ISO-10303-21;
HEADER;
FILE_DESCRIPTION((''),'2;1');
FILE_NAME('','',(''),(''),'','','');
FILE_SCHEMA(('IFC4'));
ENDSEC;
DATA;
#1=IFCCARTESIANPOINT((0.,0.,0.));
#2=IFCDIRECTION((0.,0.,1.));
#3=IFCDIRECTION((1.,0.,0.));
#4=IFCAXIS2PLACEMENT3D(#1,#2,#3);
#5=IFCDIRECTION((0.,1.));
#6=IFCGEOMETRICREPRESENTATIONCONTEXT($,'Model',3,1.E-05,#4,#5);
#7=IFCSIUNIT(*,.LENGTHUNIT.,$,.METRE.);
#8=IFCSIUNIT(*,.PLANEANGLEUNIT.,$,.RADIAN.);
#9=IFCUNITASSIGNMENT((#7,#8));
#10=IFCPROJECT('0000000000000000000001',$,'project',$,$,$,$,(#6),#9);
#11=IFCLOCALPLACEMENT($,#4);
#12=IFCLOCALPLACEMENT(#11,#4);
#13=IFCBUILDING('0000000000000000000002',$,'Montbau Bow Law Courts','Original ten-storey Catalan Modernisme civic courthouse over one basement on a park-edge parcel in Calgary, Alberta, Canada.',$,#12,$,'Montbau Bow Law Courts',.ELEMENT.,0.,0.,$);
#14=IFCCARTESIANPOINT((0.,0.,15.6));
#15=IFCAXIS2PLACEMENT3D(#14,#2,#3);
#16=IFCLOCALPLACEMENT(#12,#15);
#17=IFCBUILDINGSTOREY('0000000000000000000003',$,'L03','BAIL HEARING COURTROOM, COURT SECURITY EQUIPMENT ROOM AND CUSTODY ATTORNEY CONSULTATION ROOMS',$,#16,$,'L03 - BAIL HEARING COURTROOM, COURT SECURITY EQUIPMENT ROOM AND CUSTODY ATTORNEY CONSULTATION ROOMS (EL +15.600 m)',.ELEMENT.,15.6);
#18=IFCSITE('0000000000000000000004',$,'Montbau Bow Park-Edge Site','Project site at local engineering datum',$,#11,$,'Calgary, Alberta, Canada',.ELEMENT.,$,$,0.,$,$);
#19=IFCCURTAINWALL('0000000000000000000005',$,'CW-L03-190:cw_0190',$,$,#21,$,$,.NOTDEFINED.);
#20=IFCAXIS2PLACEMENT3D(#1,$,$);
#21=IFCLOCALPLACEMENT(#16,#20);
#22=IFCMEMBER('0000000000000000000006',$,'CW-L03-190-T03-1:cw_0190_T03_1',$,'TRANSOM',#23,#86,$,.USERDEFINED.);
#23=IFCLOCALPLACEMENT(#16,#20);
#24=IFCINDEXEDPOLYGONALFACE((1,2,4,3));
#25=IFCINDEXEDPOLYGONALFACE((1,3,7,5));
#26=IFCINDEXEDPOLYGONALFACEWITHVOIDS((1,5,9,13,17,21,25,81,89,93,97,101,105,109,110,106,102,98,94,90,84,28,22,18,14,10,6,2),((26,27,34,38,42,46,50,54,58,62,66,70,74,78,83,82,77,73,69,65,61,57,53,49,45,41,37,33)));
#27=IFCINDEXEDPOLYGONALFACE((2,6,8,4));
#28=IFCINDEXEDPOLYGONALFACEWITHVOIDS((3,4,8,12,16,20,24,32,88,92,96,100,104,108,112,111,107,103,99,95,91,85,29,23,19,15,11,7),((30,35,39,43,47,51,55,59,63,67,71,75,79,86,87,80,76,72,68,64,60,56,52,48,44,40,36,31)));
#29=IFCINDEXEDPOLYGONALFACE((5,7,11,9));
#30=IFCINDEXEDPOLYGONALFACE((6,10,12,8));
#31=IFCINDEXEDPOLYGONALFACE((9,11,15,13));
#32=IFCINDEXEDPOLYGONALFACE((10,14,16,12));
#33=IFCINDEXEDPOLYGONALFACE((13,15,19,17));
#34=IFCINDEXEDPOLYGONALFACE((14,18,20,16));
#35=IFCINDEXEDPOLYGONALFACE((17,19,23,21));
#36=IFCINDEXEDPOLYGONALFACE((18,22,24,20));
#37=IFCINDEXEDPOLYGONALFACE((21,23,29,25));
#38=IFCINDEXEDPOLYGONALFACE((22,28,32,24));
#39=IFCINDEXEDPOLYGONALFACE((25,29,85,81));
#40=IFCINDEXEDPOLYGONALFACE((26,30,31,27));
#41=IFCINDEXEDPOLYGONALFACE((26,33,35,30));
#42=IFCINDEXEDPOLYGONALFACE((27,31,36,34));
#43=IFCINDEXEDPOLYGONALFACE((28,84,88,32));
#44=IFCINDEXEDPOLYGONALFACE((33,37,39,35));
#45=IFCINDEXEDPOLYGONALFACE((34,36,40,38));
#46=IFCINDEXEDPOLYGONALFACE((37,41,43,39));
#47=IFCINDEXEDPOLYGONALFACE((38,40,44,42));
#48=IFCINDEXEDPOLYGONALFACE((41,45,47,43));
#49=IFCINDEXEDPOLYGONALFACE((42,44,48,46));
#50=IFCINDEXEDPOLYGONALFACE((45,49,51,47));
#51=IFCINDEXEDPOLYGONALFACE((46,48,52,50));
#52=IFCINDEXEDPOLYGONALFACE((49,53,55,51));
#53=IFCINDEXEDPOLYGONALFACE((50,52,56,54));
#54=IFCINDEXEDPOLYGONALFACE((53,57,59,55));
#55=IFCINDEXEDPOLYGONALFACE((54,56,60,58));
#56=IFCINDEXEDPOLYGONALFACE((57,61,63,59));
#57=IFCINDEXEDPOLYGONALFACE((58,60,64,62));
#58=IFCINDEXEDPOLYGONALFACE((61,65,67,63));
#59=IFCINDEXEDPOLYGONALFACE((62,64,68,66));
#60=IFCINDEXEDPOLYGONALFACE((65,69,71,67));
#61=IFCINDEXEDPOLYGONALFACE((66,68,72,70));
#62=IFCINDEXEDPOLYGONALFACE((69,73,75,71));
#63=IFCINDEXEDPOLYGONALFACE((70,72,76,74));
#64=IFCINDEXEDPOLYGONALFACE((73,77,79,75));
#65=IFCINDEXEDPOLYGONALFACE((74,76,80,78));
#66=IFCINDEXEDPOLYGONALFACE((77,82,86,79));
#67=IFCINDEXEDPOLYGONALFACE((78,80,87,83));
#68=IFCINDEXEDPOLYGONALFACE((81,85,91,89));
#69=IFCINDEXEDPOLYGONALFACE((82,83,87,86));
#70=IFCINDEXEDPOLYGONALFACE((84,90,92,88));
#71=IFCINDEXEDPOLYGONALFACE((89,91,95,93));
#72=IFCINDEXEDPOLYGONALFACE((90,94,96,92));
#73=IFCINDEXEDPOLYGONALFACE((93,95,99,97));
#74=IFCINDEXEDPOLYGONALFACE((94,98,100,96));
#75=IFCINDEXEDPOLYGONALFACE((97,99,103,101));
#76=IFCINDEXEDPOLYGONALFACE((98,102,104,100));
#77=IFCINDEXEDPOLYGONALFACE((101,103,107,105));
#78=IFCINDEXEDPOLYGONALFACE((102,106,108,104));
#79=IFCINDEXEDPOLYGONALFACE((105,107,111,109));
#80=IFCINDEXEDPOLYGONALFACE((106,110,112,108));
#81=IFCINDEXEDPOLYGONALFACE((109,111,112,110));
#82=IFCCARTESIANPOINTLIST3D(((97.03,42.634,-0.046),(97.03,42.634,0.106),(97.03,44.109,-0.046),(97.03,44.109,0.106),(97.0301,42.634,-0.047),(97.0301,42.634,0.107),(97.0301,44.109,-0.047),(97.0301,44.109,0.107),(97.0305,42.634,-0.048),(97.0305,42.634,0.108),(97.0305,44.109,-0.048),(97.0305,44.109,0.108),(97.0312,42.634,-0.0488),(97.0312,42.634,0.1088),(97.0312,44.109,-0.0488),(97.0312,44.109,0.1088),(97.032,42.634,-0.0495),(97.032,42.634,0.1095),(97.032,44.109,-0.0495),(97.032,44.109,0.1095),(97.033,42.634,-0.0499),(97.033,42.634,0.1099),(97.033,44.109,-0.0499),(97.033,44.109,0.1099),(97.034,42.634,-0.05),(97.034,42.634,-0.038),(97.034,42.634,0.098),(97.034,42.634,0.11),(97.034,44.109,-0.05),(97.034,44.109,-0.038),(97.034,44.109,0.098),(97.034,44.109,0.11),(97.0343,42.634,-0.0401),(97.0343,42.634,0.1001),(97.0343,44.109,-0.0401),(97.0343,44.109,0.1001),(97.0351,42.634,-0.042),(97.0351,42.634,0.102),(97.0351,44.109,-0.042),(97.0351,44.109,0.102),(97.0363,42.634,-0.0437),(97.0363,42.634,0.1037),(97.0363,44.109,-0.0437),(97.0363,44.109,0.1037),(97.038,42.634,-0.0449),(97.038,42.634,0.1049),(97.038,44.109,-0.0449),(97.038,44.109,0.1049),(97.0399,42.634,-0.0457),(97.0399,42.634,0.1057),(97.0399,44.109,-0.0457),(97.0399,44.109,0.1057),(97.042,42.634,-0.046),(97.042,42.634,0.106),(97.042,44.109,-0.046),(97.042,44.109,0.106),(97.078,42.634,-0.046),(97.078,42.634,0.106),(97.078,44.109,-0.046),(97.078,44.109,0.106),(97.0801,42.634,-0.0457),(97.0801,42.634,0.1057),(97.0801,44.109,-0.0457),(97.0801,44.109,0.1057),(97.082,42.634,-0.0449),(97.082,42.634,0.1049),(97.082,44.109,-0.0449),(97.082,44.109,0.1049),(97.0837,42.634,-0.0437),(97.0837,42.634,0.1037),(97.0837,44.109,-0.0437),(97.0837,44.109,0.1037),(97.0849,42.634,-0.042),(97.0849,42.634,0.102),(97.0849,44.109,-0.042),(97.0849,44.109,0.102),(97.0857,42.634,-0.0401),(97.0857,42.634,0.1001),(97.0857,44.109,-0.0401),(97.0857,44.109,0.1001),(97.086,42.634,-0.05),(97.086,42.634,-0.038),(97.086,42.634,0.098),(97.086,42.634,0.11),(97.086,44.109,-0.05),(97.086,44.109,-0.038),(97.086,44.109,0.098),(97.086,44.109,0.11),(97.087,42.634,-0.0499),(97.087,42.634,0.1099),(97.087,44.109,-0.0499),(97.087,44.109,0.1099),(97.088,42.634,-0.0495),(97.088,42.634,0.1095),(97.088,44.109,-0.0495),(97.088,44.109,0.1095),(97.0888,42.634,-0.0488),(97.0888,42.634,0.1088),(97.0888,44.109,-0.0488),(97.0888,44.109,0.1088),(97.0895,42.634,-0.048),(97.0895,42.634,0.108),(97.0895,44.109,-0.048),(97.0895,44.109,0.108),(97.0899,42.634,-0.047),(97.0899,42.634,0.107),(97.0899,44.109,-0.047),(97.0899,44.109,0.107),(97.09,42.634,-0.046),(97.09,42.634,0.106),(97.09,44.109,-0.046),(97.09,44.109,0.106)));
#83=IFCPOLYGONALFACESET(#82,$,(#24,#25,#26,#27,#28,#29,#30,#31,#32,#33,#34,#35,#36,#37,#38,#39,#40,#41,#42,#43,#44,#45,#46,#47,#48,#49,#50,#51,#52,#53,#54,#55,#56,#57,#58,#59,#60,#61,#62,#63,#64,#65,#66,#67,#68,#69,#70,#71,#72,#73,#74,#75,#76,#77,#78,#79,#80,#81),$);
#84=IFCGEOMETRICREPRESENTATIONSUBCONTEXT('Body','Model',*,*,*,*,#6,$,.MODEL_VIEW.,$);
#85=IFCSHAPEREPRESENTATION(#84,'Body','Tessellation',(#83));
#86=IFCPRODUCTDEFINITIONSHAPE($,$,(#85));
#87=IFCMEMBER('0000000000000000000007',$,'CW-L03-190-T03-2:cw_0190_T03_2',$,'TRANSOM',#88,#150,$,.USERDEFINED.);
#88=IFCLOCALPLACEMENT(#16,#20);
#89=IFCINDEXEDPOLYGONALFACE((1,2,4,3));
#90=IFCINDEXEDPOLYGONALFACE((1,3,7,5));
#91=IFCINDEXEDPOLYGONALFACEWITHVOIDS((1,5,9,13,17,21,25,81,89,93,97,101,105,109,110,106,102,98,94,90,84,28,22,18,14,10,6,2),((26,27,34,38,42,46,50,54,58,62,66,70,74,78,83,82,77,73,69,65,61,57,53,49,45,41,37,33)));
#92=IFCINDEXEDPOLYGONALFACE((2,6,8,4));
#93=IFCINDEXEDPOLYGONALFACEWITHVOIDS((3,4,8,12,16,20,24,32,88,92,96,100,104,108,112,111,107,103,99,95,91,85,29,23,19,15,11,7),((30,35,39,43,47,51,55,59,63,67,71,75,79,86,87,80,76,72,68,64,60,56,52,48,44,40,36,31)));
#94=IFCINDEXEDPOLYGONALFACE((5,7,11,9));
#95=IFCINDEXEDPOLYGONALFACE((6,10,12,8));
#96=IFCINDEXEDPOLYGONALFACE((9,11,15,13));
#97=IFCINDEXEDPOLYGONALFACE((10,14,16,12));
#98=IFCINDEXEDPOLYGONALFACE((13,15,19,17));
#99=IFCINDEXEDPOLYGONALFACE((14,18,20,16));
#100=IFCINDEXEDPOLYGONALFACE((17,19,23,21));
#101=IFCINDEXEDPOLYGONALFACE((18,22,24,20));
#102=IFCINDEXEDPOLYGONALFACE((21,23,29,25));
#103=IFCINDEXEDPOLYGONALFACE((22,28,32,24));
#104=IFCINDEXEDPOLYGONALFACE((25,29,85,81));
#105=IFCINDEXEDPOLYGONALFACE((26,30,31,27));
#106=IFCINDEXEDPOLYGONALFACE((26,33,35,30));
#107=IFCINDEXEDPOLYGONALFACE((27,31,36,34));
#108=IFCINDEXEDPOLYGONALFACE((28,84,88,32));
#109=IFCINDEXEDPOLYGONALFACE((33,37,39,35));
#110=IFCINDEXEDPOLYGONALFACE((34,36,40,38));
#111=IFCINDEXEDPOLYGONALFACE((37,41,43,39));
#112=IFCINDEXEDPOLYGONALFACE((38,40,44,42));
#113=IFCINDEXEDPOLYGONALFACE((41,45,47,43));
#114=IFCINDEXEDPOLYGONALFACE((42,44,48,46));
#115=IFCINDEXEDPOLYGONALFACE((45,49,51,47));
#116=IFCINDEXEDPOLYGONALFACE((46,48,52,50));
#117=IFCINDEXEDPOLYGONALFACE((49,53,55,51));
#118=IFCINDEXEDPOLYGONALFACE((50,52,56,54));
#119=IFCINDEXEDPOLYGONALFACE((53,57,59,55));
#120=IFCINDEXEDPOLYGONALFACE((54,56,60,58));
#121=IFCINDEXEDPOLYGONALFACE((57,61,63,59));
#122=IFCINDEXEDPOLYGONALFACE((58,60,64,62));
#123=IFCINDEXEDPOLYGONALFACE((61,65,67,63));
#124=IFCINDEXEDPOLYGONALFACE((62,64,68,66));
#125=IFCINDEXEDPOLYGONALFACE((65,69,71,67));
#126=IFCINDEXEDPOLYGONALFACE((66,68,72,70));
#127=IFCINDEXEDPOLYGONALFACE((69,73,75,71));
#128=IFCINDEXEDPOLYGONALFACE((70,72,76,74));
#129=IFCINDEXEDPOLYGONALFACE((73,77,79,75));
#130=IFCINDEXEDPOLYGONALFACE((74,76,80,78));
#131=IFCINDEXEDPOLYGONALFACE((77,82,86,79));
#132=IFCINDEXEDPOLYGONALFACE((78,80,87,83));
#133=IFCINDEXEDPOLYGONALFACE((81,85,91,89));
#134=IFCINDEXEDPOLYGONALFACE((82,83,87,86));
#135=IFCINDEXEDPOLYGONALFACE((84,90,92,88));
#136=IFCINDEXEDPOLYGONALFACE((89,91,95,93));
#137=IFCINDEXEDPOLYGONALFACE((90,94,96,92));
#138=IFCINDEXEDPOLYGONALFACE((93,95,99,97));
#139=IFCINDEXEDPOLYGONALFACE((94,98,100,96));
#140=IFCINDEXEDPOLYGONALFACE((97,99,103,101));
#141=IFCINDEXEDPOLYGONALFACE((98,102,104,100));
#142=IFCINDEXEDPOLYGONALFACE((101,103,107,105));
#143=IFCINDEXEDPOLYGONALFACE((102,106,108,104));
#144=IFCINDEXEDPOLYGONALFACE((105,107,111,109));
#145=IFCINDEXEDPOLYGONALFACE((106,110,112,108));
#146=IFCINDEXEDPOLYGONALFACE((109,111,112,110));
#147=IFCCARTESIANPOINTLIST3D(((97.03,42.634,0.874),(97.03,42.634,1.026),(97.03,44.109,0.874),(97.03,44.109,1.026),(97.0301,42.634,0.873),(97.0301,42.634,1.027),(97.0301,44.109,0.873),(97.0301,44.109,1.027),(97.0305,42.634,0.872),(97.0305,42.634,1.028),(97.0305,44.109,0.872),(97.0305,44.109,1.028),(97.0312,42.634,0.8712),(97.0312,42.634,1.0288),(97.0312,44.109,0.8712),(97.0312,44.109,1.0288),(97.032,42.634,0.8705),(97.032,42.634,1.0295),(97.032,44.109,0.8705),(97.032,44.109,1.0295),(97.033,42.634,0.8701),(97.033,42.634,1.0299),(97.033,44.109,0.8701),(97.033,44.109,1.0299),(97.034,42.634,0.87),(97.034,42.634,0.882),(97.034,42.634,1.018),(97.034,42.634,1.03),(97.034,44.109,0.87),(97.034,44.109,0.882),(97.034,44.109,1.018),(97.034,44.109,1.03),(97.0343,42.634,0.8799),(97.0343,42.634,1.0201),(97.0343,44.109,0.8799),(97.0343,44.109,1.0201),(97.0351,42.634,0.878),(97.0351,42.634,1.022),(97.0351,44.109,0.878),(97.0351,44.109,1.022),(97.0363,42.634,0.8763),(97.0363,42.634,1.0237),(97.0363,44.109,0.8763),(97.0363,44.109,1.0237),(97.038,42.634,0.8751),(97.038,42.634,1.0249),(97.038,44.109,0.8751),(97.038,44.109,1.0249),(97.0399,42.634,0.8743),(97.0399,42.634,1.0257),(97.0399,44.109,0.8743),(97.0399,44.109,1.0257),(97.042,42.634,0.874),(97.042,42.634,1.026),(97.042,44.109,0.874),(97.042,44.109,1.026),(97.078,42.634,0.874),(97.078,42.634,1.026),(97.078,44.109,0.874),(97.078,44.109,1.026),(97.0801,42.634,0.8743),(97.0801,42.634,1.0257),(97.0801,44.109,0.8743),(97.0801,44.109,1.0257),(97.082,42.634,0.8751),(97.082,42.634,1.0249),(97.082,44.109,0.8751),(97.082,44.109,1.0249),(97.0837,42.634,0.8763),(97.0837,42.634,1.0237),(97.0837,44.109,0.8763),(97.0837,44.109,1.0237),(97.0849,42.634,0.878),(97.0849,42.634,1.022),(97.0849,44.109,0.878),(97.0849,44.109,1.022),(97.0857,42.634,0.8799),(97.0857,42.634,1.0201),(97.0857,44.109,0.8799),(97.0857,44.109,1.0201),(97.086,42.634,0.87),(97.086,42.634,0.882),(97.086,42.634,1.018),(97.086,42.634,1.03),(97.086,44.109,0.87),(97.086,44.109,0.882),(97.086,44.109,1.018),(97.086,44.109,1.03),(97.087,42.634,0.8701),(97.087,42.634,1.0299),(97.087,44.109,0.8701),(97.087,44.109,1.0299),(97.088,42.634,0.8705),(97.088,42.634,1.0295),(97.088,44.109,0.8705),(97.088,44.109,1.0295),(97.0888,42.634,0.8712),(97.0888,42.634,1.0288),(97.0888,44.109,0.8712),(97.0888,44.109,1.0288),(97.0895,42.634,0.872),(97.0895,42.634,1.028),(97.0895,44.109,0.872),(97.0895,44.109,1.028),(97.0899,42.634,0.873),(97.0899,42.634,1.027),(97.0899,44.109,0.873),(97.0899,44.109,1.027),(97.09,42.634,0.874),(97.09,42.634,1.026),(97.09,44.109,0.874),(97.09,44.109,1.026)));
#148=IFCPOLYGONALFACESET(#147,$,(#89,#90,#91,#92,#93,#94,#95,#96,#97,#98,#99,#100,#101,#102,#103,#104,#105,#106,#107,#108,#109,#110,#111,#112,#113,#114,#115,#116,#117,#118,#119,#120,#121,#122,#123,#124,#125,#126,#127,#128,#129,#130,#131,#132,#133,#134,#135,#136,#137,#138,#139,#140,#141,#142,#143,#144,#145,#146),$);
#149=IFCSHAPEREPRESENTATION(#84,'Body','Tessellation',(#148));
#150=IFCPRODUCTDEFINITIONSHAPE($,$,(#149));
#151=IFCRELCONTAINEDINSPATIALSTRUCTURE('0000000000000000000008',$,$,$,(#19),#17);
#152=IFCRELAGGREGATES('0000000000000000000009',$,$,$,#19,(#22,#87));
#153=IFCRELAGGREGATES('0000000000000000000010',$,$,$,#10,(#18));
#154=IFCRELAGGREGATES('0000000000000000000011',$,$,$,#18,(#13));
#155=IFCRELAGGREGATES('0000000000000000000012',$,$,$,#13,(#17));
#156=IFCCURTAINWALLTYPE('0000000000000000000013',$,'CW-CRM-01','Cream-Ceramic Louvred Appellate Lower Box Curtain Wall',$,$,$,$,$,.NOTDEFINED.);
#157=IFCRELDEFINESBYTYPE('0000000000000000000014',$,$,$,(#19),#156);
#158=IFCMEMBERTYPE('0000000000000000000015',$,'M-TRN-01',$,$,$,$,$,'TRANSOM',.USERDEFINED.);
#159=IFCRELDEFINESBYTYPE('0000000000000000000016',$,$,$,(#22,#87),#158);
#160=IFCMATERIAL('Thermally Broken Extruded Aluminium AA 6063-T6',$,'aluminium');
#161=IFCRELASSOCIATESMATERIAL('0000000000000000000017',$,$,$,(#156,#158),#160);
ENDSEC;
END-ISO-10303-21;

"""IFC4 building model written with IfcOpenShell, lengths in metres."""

from ifc_helpers import new_model, si_unit, direction, frame, origin_with_axes, origin_2d_with_axis, place, context, subcontext, project, spatial, hollow_rectangle, extrude, material, material_profile, profile_set, type_object, element, aggregate, save


model = new_model("IFC4")

# Units and contexts
model_context = context("Model", 3, precision=1e-05, world=origin_with_axes(), true_north=direction((0.0, 1.0)))
body_context = subcontext(model_context, "Body", "Model", "MODEL_VIEW")
ifc_project = project(units=[si_unit("LENGTHUNIT", "METRE"), si_unit("PLANEANGLEUNIT", "RADIAN")], contexts=[model_context])

# Site, building, storey
site_placement = place(None, origin_with_axes())
site = spatial("IfcSite", under=ifc_project, at=site_placement, Name="Montbau Bow Park-Edge Site", Description="Project site at local engineering datum", LongName="Calgary, Alberta, Canada", CompositionType="ELEMENT", RefElevation=0.0)
building_placement = place(site_placement, origin_with_axes())
building = spatial("IfcBuilding", under=site, at=building_placement, Name="Montbau Bow Law Courts", Description="Original ten-storey Catalan Modernisme civic courthouse over one basement on a park-edge parcel in Calgary, Alberta, Canada.", LongName="Montbau Bow Law Courts", CompositionType="ELEMENT", ElevationOfRefHeight=0.0, ElevationOfTerrain=0.0)
storey_placement = place(building_placement, frame((0.0, 0.0, 15.6), z_axis=(0.0, 0.0, 1.0), x_axis=(1.0, 0.0, 0.0)))
storey = spatial("IfcBuildingStorey", under=building, at=storey_placement, Name="L03", Description="BAIL HEARING COURTROOM, COURT SECURITY EQUIPMENT ROOM AND CUSTODY ATTORNEY CONSULTATION ROOMS", LongName="L03 - BAIL HEARING COURTROOM, COURT SECURITY EQUIPMENT ROOM AND CUSTODY ATTORNEY CONSULTATION ROOMS (EL +15.600 m)", CompositionType="ELEMENT", Elevation=15.6)

# Shared definitions
ifc_material_1 = material(Name="Thermally Broken Extruded Aluminium AA 6063-T6", Category="aluminium")
curtain_wall_type = type_object("IfcCurtainWallType", Name="CW-CRM-01", Description="Cream-Ceramic Louvred Appellate Lower Box Curtain Wall", PredefinedType="NOTDEFINED", material=ifc_material_1)

# Curtain wall
curtain_wall_1_placement = place(None, frame((97.06, 39.515, 15.6), z_axis=(0.0, 0.0, 1.0), x_axis=(1.0, 0.0, 0.0)))
curtain_wall_1 = element("IfcCurtainWall", 1, at=curtain_wall_1_placement, inside=storey, type_object=curtain_wall_type, Name="CW-L03-190:cw_0190", PredefinedType="NOTDEFINED")

# Members
ifc_material_profile_1 = material_profile(ifc_material_1, hollow_rectangle(XDim=0.06, YDim=0.16, WallThickness=0.004, InnerFilletRadius=0.008, OuterFilletRadius=0.004, at=origin_2d_with_axis()), Name="CWT-160X60", Category="Main", Priority=0)
ifc_profile_set_1 = profile_set([ifc_material_profile_1], Name="Thermally Broken Extruded Aluminium AA 6063-T6")
member_type_1 = type_object("IfcMemberType", Name="M-TRN-01", ElementType="TRANSOM", PredefinedType="USERDEFINED", material=ifc_profile_set_1)
member_1_placement = place(None, frame((97.06, 42.634, 15.63), z_axis=(0.0, 1.0, 0.0), x_axis=(-1.0, 0.0, 0.0)))
member_1 = element("IfcMember", 2, at=member_1_placement, type_object=member_type_1, Name="CW-L03-190-T03-1:cw_0190_T03_1", ObjectType="TRANSOM", PredefinedType="USERDEFINED", context=body_context, shape_type="SweptSolid", body=[
    extrude(hollow_rectangle(XDim=0.06, YDim=0.16, WallThickness=0.004, InnerFilletRadius=0.008, OuterFilletRadius=0.004, at=origin_2d_with_axis()), origin_with_axes(), (0.0, 0.0, 1.0), 1.475),
])
member_2_placement = place(None, frame((97.06, 42.634, 16.55), z_axis=(0.0, 1.0, 0.0), x_axis=(-1.0, 0.0, 0.0)))
member_2 = element("IfcMember", 3, at=member_2_placement, type_object=member_type_1, Name="CW-L03-190-T03-2:cw_0190_T03_2", ObjectType="TRANSOM", PredefinedType="USERDEFINED", context=body_context, shape_type="SweptSolid", body=[
    extrude(hollow_rectangle(XDim=0.06, YDim=0.16, WallThickness=0.004, InnerFilletRadius=0.008, OuterFilletRadius=0.004, at=origin_2d_with_axis()), origin_with_axes(), (0.0, 0.0, 1.0), 1.475),
])

aggregate(curtain_wall_1, [member_1, member_2])

save(model, "model.ifc")
